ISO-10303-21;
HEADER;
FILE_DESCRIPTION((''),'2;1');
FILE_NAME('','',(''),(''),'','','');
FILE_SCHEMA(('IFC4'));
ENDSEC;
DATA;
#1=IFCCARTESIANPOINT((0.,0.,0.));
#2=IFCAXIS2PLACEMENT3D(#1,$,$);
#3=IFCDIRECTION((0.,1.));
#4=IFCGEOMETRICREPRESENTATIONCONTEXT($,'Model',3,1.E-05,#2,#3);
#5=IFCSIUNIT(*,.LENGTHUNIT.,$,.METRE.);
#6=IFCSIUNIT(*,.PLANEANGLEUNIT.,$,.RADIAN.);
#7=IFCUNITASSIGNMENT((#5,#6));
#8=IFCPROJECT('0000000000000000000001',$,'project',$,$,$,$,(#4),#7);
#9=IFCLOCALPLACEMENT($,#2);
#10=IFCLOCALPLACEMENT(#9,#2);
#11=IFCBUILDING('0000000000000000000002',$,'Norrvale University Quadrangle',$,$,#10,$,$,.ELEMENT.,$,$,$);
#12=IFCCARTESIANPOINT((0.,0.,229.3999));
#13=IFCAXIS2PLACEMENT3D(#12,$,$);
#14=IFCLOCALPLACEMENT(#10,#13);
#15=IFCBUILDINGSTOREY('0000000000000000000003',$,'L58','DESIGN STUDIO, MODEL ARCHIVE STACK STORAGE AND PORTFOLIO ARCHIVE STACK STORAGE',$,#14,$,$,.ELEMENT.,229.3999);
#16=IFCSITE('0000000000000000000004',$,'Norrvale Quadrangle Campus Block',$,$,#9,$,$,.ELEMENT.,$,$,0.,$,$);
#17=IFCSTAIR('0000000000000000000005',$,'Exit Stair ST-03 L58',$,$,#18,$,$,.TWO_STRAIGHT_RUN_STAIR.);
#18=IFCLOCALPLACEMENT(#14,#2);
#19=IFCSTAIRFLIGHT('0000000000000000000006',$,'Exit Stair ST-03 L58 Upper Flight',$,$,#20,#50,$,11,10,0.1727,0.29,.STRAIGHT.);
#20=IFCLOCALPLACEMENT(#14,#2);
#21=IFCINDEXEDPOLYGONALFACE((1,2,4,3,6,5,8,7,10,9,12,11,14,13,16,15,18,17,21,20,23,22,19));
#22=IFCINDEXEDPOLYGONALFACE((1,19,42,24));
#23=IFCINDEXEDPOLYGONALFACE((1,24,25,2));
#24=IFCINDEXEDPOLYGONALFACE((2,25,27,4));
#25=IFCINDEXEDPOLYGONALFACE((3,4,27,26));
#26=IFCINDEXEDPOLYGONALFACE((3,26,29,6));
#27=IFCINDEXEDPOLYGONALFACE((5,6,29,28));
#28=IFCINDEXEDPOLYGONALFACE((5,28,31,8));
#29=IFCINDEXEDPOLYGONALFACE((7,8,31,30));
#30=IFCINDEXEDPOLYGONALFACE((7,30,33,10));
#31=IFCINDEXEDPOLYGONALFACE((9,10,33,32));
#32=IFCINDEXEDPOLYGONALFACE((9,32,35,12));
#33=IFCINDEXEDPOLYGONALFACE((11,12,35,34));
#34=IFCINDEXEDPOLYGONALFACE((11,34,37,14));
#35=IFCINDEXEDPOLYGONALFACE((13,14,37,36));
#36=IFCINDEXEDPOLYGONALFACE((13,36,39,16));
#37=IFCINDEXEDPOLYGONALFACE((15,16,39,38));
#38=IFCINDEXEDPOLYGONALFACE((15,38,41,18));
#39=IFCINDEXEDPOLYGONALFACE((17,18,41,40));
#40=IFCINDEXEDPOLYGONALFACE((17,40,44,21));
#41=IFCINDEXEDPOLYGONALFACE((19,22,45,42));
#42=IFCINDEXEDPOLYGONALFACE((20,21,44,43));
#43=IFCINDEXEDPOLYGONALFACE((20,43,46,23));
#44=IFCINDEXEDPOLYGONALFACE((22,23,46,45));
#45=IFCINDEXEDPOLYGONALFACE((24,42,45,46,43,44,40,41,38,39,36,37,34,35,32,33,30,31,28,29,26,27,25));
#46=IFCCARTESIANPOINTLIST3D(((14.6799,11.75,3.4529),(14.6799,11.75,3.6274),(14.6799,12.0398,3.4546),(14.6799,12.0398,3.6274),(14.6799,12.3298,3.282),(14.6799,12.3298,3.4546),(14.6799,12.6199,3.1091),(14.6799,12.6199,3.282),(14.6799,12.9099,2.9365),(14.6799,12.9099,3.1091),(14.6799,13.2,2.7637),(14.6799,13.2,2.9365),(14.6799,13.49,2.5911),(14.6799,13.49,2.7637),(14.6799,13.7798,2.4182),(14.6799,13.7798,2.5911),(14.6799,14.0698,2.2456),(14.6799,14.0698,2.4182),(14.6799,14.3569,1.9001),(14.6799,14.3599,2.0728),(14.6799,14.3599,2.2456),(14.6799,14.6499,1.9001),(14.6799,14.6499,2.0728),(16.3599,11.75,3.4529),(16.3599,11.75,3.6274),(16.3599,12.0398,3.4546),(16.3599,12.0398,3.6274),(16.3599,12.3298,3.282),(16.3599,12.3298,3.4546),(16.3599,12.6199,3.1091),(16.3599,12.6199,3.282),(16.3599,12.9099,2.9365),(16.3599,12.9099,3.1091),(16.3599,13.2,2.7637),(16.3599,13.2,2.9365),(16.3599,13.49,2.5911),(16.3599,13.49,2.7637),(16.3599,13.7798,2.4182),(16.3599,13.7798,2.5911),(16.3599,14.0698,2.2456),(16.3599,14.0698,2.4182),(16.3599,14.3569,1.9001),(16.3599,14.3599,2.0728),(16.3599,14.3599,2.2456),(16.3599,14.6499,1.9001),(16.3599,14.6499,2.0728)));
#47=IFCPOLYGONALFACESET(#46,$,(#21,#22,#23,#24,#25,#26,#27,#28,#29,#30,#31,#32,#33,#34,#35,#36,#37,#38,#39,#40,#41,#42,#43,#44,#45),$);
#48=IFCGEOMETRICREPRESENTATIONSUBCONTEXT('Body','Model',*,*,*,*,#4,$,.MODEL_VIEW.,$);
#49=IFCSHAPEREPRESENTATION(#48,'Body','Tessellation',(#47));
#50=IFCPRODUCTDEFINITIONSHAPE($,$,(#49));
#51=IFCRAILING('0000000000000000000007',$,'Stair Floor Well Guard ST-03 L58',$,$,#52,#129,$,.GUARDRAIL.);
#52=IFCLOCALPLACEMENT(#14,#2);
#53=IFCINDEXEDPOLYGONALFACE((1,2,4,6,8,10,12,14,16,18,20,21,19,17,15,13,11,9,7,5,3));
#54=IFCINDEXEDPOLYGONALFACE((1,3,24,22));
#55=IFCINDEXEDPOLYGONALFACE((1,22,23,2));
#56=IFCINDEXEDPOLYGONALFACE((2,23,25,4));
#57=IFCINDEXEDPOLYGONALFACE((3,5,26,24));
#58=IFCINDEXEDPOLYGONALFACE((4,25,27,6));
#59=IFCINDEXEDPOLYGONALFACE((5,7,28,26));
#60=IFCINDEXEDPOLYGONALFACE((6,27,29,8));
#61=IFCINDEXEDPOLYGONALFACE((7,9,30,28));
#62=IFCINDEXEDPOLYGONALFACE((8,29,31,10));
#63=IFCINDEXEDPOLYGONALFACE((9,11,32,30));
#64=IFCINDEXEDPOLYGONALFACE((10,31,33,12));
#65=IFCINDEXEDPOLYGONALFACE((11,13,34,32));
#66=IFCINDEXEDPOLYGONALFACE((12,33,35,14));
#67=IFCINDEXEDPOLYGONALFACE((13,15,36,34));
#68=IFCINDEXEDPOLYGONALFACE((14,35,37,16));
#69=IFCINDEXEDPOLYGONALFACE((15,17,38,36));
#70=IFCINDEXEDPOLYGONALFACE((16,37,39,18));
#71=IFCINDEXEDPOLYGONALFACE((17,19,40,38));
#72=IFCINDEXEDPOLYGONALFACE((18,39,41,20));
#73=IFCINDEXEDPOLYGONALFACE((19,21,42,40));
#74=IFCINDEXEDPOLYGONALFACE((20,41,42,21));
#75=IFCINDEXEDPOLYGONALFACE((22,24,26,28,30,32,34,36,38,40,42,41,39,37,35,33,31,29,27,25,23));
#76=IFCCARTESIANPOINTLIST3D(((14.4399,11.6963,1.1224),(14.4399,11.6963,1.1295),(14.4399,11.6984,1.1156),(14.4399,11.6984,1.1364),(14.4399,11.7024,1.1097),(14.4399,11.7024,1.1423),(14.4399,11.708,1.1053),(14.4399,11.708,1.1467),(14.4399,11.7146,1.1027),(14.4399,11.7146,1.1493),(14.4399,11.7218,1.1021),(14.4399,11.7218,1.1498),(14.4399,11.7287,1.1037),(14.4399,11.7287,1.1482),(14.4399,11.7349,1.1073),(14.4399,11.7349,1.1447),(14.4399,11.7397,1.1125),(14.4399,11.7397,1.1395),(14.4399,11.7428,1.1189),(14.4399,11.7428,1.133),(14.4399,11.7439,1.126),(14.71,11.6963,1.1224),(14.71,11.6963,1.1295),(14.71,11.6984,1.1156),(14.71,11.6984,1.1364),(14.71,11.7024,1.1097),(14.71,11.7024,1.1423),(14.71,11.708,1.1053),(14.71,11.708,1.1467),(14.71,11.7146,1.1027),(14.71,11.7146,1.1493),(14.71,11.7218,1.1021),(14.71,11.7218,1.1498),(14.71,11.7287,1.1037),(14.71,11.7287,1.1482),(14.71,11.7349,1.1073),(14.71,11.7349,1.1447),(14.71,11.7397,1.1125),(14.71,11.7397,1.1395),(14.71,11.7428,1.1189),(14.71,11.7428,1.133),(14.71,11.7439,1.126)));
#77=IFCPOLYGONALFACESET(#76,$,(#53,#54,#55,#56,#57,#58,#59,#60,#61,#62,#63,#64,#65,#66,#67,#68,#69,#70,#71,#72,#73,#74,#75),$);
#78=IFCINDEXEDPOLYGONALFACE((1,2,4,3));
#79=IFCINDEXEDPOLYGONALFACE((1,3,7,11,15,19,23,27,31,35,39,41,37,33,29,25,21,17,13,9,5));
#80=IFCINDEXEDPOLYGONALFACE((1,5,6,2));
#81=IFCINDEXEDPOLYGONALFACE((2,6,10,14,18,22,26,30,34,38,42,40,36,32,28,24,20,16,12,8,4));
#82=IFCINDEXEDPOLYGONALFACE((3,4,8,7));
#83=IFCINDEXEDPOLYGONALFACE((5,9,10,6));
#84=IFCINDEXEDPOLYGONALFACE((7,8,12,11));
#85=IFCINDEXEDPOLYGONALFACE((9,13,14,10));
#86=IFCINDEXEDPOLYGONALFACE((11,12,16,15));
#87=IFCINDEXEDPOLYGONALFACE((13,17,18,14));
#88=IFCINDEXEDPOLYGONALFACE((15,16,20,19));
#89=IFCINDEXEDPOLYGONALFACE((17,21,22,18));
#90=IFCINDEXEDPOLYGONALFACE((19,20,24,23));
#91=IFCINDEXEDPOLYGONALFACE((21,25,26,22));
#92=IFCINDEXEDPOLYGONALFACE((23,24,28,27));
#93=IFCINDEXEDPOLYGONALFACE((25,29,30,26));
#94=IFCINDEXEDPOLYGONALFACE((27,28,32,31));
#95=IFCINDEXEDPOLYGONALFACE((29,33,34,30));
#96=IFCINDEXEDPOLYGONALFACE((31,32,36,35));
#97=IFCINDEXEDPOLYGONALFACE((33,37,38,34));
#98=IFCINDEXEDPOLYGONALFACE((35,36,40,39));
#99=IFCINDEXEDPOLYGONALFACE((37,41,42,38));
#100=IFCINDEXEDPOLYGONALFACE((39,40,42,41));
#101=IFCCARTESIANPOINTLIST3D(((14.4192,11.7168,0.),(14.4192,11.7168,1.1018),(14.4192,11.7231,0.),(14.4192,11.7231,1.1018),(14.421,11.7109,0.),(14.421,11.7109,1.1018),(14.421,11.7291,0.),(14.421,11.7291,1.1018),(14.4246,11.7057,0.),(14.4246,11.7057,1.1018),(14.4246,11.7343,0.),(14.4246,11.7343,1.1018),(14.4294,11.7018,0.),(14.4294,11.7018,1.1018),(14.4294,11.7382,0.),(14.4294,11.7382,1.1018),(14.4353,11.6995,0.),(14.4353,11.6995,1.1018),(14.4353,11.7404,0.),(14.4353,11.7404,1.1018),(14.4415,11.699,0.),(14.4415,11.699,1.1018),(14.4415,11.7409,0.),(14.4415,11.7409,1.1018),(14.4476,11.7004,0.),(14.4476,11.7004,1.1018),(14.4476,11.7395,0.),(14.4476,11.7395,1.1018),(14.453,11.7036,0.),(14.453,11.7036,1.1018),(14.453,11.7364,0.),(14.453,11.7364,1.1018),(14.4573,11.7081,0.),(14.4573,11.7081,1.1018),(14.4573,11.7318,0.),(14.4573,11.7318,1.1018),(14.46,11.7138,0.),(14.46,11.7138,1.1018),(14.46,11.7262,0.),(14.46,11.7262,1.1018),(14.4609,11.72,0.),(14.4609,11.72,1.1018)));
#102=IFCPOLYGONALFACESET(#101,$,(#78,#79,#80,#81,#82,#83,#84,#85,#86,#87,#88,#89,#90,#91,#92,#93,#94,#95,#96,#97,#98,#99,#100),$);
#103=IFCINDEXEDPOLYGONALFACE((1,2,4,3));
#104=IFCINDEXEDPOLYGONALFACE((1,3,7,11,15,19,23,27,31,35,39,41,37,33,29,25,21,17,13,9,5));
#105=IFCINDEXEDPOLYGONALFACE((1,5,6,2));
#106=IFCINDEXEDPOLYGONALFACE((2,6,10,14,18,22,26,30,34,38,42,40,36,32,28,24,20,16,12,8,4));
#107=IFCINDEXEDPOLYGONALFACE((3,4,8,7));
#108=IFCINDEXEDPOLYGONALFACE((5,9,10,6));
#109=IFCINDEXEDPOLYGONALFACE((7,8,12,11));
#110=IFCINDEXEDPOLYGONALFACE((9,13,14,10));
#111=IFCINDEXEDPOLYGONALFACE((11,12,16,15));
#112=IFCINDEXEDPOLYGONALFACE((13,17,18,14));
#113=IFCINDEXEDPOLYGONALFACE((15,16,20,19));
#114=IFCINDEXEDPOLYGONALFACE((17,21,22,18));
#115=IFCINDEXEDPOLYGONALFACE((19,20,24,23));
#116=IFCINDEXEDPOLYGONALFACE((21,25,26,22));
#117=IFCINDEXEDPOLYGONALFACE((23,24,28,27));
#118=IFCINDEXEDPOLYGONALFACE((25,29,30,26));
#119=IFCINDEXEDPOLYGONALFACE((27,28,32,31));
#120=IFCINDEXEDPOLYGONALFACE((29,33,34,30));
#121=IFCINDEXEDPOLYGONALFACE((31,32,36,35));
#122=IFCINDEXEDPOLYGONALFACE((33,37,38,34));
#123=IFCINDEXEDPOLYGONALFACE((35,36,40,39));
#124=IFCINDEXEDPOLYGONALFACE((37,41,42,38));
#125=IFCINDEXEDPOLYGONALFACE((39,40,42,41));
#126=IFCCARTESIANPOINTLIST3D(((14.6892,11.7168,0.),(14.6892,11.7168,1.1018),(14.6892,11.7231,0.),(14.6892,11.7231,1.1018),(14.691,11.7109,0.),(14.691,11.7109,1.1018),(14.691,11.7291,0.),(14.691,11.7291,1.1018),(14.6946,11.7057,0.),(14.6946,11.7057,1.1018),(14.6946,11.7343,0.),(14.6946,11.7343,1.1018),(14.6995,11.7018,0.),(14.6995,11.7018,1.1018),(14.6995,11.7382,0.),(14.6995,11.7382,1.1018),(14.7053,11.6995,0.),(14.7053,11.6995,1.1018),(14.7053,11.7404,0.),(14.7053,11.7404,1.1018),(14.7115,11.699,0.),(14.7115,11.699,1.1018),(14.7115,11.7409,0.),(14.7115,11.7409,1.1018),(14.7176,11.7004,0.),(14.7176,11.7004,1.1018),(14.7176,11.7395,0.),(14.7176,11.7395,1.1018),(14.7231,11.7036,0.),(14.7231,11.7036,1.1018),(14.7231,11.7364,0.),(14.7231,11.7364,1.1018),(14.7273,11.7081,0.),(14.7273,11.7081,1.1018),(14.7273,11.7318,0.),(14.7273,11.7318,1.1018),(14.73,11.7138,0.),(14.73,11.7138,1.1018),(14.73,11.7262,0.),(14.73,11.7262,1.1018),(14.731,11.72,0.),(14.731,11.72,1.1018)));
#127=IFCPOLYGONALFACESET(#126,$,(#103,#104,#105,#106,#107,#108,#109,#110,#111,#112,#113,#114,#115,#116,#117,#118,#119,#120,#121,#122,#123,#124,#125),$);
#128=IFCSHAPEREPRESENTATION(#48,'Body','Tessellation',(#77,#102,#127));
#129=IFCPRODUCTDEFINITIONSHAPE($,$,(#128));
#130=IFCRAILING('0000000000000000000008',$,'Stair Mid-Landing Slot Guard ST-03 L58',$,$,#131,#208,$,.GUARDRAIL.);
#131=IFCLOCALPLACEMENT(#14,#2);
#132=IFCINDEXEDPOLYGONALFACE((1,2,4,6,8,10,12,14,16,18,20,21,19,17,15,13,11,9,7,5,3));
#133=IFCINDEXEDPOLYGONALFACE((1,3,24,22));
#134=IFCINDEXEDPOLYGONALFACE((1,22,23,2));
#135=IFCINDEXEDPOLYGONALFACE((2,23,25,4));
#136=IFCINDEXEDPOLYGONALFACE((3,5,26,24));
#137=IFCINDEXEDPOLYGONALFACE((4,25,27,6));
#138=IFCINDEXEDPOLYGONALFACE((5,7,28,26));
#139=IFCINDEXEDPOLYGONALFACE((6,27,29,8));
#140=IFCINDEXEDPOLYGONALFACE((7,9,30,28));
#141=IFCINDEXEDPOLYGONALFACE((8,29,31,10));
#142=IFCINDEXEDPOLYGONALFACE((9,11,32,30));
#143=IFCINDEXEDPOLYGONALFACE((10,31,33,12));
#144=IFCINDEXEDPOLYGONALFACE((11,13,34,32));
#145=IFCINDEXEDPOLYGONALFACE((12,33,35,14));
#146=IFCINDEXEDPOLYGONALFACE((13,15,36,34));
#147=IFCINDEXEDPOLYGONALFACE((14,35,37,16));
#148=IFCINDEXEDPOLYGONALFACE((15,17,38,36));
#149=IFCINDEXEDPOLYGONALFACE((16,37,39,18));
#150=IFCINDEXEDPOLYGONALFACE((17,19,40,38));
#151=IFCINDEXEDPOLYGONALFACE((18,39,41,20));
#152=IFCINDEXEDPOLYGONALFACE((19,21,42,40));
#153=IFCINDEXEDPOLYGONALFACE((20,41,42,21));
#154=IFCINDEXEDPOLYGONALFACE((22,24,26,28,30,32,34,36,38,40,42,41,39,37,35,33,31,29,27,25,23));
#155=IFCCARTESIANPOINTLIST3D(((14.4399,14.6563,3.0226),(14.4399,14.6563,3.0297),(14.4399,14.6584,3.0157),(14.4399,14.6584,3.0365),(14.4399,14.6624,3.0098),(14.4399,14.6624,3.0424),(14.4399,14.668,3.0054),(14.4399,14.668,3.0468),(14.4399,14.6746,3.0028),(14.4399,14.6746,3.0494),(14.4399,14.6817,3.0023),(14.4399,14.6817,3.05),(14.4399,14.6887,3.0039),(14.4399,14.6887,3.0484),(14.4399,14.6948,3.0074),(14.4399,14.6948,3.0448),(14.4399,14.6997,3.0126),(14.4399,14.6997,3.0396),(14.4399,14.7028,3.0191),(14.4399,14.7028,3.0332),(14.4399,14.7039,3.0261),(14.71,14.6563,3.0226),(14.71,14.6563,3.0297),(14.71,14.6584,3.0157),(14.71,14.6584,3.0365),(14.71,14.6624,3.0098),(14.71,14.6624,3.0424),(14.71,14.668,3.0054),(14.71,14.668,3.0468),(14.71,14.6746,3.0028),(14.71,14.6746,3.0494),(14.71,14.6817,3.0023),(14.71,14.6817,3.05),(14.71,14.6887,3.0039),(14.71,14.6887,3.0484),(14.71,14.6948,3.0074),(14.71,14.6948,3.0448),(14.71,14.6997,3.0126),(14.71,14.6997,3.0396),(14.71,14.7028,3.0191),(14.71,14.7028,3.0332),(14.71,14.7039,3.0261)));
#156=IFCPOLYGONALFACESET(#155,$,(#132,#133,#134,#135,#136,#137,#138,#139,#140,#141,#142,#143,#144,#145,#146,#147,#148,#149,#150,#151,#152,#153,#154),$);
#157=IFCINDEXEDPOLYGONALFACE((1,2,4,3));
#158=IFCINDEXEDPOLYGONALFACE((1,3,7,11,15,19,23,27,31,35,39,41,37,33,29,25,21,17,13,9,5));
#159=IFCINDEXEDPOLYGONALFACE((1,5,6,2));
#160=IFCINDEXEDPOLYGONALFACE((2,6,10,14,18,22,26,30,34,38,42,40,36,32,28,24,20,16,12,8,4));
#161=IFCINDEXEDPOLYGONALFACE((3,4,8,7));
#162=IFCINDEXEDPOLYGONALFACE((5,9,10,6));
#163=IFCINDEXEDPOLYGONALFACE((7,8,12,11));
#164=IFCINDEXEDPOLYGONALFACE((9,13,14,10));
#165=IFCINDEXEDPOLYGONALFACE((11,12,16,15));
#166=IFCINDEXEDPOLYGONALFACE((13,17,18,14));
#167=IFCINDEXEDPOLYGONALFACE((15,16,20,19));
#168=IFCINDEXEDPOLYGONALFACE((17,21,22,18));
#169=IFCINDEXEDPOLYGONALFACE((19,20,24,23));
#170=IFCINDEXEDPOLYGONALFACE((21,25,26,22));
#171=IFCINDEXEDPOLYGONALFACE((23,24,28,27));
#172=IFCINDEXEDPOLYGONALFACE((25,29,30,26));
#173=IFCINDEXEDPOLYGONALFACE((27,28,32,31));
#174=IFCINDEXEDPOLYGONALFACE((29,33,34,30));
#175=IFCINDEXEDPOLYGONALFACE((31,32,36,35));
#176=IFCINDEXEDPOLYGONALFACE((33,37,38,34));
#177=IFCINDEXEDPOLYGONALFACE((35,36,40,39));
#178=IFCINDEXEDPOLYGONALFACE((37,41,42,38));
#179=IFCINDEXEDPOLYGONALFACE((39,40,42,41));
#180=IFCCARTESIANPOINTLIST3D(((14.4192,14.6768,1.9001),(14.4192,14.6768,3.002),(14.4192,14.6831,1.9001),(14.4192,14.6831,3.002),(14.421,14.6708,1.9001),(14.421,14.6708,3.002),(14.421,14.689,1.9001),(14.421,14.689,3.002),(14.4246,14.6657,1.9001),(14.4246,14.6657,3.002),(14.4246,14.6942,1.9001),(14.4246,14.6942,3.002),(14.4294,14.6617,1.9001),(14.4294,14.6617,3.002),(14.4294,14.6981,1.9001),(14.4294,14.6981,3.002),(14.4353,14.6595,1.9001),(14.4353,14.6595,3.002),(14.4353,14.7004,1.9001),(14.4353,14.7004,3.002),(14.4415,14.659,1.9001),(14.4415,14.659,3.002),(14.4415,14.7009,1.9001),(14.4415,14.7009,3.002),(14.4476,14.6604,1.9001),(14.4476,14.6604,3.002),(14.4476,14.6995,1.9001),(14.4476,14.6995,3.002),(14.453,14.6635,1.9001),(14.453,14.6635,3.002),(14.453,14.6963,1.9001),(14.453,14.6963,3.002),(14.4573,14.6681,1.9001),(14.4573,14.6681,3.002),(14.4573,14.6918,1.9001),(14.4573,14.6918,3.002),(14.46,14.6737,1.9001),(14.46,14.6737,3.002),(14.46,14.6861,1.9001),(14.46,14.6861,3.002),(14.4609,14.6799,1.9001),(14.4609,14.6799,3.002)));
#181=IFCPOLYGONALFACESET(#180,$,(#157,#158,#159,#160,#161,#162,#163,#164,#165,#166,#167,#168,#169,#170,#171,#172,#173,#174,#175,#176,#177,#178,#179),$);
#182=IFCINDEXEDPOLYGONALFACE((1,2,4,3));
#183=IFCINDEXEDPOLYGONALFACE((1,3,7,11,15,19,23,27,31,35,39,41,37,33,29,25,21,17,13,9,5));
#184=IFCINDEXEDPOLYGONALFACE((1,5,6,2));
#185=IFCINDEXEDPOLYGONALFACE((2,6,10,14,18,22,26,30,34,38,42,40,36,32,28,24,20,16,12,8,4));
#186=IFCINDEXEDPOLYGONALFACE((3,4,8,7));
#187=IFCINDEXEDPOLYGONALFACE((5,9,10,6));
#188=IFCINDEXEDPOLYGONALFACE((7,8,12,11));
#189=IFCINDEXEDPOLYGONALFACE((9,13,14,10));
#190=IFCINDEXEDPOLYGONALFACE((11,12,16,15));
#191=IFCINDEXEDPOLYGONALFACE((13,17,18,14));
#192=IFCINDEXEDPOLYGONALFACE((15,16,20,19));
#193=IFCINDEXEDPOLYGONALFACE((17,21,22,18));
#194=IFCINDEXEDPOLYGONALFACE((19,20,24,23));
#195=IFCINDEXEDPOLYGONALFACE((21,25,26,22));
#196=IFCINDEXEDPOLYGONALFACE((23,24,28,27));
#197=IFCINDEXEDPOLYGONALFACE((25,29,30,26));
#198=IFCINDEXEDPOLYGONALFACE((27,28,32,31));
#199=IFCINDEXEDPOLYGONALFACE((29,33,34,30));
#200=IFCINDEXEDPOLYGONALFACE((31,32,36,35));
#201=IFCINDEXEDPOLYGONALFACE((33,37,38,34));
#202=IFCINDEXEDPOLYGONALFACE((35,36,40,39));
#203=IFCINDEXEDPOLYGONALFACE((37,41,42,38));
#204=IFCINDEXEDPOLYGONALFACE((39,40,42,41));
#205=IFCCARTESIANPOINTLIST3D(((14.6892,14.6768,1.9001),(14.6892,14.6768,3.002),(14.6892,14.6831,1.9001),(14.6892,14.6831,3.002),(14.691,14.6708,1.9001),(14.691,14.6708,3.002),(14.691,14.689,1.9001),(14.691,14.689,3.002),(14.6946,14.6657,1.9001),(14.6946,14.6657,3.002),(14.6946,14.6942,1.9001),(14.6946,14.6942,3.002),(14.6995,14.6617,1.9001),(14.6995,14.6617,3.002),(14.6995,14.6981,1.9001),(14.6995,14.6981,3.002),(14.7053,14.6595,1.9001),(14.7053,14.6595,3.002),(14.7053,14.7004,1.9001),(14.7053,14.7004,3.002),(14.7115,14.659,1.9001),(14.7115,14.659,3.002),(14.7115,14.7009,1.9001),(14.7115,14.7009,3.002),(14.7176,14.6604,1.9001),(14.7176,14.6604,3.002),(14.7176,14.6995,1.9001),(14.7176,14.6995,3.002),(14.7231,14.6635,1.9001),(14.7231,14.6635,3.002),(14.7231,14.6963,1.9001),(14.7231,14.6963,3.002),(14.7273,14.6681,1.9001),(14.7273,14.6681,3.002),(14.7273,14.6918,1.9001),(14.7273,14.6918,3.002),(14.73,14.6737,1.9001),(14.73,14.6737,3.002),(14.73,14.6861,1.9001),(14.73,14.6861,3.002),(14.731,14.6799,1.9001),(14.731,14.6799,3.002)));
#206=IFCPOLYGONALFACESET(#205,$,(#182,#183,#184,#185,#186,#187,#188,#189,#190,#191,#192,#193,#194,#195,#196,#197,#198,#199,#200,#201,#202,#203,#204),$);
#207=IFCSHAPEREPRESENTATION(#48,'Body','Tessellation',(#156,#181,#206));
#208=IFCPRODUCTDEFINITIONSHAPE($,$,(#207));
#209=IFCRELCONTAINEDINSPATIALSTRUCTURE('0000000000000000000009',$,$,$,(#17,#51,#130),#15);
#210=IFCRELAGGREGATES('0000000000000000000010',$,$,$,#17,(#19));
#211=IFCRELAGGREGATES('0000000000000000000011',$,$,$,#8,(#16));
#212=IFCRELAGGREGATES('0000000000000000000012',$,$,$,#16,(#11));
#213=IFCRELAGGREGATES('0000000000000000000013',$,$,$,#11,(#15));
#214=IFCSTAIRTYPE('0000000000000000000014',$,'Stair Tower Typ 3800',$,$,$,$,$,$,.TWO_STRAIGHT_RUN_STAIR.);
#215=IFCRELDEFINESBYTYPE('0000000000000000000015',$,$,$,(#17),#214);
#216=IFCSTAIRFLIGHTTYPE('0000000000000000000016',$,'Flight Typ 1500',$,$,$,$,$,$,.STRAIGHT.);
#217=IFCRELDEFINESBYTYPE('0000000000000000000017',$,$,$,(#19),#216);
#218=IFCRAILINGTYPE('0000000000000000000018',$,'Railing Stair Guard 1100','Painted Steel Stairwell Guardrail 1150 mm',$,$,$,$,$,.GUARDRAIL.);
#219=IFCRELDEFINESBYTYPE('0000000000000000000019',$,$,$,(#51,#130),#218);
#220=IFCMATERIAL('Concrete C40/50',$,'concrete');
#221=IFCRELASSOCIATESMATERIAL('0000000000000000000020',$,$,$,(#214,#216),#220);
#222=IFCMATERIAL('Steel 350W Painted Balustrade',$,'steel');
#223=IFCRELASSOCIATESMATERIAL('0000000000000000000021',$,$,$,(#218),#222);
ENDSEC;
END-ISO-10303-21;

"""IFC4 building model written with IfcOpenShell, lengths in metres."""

from ifc_helpers import new_model, si_unit, direction, frame, origin, origin_2d, place, context, subcontext, project, spatial, polyline, circle, outline, extrude, material, type_object, element, aggregate, save


model = new_model("IFC4")

# Units and contexts
model_context = context("Model", 3, precision=1e-05, world=origin(), true_north=direction((0.0, 1.0)))
body_context = subcontext(model_context, "Body", "Model", "MODEL_VIEW")
ifc_project = project(units=[si_unit("LENGTHUNIT", "METRE"), si_unit("PLANEANGLEUNIT", "RADIAN")], contexts=[model_context])

# Site, building, storey
site_placement = place(None, origin())
site = spatial("IfcSite", under=ifc_project, at=site_placement, Name="Norrvale Quadrangle Campus Block", CompositionType="ELEMENT", RefElevation=0.0)
building_placement = place(site_placement, origin())
building = spatial("IfcBuilding", under=site, at=building_placement, Name="Norrvale University Quadrangle", CompositionType="ELEMENT")
storey_placement = place(building_placement, frame((0.0, 0.0, 229.3999)))
storey = spatial("IfcBuildingStorey", under=building, at=storey_placement, Name="L58", Description="DESIGN STUDIO, MODEL ARCHIVE STACK STORAGE AND PORTFOLIO ARCHIVE STACK STORAGE", CompositionType="ELEMENT", Elevation=229.3999)

# Stair, stair flight
ifc_material_1 = material(Name="Concrete C40/50", Category="concrete")
stair_type = type_object("IfcStairType", Name="Stair Tower Typ 3800", PredefinedType="TWO_STRAIGHT_RUN_STAIR", material=ifc_material_1)
stair_placement = place(storey_placement, origin())
stair = element("IfcStair", 1, at=stair_placement, inside=storey, type_object=stair_type, Name="Exit Stair ST-03 L58", PredefinedType="TWO_STRAIGHT_RUN_STAIR")
stair_flight_type = type_object("IfcStairFlightType", Name="Flight Typ 1500", PredefinedType="STRAIGHT", material=ifc_material_1)
stair_flight_1_placement = place(storey_placement, frame((15.52, 14.6499, 1.9001), z_axis=(0.0, 0.0, 1.0), x_axis=(0.0, -1.0, 0.0)))
stair_flight_1 = element("IfcStairFlight", 2, at=stair_flight_1_placement, type_object=stair_flight_type, Name="Exit Stair ST-03 L58 Upper Flight", NumberOfRisers=11, NumberOfTreads=10, PredefinedType="STRAIGHT", RiserHeight=0.1727, TreadLength=0.29, context=body_context, shape_type="SweptSolid", body=[
    extrude(outline(polyline([(0.0, 0.0), (0.0, 0.1726), (0.29, 0.1726), (0.29, 0.3455), (0.5801, 0.3455), (0.5801, 0.5181), (0.8701, 0.5181), (0.8701, 0.6909), (1.1599, 0.6909), (1.1599, 0.8635), (1.45, 0.8635), (1.45, 1.0364), (1.74, 1.0364), (1.74, 1.209), (2.03, 1.209), (2.03, 1.3818), (2.3201, 1.3818), (2.3201, 1.5544), (2.6101, 1.5544), (2.6101, 1.7273), (2.8999, 1.7273), (2.8999, 1.8999), (2.8999, 1.5527), (0.293, 0.0), (0.0, 0.0)])), frame((0.0, 0.8398, 0.0), z_axis=(0.0, -1.0, 0.0), x_axis=(1.0, 0.0, 0.0)), (0.0, 0.0, 1.0), 1.6799),
])
aggregate(stair, [stair_flight_1])

# Railings
ifc_material_2 = material(Name="Steel 350W Painted Balustrade", Category="steel")
railing_type_1 = type_object("IfcRailingType", Name="Railing Stair Guard 1100", Description="Painted Steel Stairwell Guardrail 1150 mm", PredefinedType="GUARDRAIL", material=ifc_material_2)
for number, where, name in (
    (3, (14.4399, 11.72, 0.0), "Stair Floor Well Guard ST-03 L58"),
    (4, (14.4399, 14.6799, 1.9001), "Stair Mid-Landing Slot Guard ST-03 L58"),
):
    element("IfcRailing", number, at=place(storey_placement, frame(where)), inside=storey, type_object=railing_type_1, Name=name, PredefinedType="GUARDRAIL", context=body_context, shape_type="SweptSolid", body=[
        extrude(circle(Radius=0.0239, at=origin_2d()), frame((0.0, 0.0, 1.126), z_axis=(1.0, 0.0, 0.0), x_axis=(0.0, 1.0, 0.0)), (0.0, 0.0, 1.0), 0.27),
        extrude(circle(Radius=0.021, at=origin_2d()), origin(), (0.0, 0.0, 1.0), 1.1018),
        extrude(circle(Radius=0.021, at=origin_2d()), frame((0.27, 0.0, 0.0)), (0.0, 0.0, 1.0), 1.1018),
    ])

save(model, "model.ifc")
